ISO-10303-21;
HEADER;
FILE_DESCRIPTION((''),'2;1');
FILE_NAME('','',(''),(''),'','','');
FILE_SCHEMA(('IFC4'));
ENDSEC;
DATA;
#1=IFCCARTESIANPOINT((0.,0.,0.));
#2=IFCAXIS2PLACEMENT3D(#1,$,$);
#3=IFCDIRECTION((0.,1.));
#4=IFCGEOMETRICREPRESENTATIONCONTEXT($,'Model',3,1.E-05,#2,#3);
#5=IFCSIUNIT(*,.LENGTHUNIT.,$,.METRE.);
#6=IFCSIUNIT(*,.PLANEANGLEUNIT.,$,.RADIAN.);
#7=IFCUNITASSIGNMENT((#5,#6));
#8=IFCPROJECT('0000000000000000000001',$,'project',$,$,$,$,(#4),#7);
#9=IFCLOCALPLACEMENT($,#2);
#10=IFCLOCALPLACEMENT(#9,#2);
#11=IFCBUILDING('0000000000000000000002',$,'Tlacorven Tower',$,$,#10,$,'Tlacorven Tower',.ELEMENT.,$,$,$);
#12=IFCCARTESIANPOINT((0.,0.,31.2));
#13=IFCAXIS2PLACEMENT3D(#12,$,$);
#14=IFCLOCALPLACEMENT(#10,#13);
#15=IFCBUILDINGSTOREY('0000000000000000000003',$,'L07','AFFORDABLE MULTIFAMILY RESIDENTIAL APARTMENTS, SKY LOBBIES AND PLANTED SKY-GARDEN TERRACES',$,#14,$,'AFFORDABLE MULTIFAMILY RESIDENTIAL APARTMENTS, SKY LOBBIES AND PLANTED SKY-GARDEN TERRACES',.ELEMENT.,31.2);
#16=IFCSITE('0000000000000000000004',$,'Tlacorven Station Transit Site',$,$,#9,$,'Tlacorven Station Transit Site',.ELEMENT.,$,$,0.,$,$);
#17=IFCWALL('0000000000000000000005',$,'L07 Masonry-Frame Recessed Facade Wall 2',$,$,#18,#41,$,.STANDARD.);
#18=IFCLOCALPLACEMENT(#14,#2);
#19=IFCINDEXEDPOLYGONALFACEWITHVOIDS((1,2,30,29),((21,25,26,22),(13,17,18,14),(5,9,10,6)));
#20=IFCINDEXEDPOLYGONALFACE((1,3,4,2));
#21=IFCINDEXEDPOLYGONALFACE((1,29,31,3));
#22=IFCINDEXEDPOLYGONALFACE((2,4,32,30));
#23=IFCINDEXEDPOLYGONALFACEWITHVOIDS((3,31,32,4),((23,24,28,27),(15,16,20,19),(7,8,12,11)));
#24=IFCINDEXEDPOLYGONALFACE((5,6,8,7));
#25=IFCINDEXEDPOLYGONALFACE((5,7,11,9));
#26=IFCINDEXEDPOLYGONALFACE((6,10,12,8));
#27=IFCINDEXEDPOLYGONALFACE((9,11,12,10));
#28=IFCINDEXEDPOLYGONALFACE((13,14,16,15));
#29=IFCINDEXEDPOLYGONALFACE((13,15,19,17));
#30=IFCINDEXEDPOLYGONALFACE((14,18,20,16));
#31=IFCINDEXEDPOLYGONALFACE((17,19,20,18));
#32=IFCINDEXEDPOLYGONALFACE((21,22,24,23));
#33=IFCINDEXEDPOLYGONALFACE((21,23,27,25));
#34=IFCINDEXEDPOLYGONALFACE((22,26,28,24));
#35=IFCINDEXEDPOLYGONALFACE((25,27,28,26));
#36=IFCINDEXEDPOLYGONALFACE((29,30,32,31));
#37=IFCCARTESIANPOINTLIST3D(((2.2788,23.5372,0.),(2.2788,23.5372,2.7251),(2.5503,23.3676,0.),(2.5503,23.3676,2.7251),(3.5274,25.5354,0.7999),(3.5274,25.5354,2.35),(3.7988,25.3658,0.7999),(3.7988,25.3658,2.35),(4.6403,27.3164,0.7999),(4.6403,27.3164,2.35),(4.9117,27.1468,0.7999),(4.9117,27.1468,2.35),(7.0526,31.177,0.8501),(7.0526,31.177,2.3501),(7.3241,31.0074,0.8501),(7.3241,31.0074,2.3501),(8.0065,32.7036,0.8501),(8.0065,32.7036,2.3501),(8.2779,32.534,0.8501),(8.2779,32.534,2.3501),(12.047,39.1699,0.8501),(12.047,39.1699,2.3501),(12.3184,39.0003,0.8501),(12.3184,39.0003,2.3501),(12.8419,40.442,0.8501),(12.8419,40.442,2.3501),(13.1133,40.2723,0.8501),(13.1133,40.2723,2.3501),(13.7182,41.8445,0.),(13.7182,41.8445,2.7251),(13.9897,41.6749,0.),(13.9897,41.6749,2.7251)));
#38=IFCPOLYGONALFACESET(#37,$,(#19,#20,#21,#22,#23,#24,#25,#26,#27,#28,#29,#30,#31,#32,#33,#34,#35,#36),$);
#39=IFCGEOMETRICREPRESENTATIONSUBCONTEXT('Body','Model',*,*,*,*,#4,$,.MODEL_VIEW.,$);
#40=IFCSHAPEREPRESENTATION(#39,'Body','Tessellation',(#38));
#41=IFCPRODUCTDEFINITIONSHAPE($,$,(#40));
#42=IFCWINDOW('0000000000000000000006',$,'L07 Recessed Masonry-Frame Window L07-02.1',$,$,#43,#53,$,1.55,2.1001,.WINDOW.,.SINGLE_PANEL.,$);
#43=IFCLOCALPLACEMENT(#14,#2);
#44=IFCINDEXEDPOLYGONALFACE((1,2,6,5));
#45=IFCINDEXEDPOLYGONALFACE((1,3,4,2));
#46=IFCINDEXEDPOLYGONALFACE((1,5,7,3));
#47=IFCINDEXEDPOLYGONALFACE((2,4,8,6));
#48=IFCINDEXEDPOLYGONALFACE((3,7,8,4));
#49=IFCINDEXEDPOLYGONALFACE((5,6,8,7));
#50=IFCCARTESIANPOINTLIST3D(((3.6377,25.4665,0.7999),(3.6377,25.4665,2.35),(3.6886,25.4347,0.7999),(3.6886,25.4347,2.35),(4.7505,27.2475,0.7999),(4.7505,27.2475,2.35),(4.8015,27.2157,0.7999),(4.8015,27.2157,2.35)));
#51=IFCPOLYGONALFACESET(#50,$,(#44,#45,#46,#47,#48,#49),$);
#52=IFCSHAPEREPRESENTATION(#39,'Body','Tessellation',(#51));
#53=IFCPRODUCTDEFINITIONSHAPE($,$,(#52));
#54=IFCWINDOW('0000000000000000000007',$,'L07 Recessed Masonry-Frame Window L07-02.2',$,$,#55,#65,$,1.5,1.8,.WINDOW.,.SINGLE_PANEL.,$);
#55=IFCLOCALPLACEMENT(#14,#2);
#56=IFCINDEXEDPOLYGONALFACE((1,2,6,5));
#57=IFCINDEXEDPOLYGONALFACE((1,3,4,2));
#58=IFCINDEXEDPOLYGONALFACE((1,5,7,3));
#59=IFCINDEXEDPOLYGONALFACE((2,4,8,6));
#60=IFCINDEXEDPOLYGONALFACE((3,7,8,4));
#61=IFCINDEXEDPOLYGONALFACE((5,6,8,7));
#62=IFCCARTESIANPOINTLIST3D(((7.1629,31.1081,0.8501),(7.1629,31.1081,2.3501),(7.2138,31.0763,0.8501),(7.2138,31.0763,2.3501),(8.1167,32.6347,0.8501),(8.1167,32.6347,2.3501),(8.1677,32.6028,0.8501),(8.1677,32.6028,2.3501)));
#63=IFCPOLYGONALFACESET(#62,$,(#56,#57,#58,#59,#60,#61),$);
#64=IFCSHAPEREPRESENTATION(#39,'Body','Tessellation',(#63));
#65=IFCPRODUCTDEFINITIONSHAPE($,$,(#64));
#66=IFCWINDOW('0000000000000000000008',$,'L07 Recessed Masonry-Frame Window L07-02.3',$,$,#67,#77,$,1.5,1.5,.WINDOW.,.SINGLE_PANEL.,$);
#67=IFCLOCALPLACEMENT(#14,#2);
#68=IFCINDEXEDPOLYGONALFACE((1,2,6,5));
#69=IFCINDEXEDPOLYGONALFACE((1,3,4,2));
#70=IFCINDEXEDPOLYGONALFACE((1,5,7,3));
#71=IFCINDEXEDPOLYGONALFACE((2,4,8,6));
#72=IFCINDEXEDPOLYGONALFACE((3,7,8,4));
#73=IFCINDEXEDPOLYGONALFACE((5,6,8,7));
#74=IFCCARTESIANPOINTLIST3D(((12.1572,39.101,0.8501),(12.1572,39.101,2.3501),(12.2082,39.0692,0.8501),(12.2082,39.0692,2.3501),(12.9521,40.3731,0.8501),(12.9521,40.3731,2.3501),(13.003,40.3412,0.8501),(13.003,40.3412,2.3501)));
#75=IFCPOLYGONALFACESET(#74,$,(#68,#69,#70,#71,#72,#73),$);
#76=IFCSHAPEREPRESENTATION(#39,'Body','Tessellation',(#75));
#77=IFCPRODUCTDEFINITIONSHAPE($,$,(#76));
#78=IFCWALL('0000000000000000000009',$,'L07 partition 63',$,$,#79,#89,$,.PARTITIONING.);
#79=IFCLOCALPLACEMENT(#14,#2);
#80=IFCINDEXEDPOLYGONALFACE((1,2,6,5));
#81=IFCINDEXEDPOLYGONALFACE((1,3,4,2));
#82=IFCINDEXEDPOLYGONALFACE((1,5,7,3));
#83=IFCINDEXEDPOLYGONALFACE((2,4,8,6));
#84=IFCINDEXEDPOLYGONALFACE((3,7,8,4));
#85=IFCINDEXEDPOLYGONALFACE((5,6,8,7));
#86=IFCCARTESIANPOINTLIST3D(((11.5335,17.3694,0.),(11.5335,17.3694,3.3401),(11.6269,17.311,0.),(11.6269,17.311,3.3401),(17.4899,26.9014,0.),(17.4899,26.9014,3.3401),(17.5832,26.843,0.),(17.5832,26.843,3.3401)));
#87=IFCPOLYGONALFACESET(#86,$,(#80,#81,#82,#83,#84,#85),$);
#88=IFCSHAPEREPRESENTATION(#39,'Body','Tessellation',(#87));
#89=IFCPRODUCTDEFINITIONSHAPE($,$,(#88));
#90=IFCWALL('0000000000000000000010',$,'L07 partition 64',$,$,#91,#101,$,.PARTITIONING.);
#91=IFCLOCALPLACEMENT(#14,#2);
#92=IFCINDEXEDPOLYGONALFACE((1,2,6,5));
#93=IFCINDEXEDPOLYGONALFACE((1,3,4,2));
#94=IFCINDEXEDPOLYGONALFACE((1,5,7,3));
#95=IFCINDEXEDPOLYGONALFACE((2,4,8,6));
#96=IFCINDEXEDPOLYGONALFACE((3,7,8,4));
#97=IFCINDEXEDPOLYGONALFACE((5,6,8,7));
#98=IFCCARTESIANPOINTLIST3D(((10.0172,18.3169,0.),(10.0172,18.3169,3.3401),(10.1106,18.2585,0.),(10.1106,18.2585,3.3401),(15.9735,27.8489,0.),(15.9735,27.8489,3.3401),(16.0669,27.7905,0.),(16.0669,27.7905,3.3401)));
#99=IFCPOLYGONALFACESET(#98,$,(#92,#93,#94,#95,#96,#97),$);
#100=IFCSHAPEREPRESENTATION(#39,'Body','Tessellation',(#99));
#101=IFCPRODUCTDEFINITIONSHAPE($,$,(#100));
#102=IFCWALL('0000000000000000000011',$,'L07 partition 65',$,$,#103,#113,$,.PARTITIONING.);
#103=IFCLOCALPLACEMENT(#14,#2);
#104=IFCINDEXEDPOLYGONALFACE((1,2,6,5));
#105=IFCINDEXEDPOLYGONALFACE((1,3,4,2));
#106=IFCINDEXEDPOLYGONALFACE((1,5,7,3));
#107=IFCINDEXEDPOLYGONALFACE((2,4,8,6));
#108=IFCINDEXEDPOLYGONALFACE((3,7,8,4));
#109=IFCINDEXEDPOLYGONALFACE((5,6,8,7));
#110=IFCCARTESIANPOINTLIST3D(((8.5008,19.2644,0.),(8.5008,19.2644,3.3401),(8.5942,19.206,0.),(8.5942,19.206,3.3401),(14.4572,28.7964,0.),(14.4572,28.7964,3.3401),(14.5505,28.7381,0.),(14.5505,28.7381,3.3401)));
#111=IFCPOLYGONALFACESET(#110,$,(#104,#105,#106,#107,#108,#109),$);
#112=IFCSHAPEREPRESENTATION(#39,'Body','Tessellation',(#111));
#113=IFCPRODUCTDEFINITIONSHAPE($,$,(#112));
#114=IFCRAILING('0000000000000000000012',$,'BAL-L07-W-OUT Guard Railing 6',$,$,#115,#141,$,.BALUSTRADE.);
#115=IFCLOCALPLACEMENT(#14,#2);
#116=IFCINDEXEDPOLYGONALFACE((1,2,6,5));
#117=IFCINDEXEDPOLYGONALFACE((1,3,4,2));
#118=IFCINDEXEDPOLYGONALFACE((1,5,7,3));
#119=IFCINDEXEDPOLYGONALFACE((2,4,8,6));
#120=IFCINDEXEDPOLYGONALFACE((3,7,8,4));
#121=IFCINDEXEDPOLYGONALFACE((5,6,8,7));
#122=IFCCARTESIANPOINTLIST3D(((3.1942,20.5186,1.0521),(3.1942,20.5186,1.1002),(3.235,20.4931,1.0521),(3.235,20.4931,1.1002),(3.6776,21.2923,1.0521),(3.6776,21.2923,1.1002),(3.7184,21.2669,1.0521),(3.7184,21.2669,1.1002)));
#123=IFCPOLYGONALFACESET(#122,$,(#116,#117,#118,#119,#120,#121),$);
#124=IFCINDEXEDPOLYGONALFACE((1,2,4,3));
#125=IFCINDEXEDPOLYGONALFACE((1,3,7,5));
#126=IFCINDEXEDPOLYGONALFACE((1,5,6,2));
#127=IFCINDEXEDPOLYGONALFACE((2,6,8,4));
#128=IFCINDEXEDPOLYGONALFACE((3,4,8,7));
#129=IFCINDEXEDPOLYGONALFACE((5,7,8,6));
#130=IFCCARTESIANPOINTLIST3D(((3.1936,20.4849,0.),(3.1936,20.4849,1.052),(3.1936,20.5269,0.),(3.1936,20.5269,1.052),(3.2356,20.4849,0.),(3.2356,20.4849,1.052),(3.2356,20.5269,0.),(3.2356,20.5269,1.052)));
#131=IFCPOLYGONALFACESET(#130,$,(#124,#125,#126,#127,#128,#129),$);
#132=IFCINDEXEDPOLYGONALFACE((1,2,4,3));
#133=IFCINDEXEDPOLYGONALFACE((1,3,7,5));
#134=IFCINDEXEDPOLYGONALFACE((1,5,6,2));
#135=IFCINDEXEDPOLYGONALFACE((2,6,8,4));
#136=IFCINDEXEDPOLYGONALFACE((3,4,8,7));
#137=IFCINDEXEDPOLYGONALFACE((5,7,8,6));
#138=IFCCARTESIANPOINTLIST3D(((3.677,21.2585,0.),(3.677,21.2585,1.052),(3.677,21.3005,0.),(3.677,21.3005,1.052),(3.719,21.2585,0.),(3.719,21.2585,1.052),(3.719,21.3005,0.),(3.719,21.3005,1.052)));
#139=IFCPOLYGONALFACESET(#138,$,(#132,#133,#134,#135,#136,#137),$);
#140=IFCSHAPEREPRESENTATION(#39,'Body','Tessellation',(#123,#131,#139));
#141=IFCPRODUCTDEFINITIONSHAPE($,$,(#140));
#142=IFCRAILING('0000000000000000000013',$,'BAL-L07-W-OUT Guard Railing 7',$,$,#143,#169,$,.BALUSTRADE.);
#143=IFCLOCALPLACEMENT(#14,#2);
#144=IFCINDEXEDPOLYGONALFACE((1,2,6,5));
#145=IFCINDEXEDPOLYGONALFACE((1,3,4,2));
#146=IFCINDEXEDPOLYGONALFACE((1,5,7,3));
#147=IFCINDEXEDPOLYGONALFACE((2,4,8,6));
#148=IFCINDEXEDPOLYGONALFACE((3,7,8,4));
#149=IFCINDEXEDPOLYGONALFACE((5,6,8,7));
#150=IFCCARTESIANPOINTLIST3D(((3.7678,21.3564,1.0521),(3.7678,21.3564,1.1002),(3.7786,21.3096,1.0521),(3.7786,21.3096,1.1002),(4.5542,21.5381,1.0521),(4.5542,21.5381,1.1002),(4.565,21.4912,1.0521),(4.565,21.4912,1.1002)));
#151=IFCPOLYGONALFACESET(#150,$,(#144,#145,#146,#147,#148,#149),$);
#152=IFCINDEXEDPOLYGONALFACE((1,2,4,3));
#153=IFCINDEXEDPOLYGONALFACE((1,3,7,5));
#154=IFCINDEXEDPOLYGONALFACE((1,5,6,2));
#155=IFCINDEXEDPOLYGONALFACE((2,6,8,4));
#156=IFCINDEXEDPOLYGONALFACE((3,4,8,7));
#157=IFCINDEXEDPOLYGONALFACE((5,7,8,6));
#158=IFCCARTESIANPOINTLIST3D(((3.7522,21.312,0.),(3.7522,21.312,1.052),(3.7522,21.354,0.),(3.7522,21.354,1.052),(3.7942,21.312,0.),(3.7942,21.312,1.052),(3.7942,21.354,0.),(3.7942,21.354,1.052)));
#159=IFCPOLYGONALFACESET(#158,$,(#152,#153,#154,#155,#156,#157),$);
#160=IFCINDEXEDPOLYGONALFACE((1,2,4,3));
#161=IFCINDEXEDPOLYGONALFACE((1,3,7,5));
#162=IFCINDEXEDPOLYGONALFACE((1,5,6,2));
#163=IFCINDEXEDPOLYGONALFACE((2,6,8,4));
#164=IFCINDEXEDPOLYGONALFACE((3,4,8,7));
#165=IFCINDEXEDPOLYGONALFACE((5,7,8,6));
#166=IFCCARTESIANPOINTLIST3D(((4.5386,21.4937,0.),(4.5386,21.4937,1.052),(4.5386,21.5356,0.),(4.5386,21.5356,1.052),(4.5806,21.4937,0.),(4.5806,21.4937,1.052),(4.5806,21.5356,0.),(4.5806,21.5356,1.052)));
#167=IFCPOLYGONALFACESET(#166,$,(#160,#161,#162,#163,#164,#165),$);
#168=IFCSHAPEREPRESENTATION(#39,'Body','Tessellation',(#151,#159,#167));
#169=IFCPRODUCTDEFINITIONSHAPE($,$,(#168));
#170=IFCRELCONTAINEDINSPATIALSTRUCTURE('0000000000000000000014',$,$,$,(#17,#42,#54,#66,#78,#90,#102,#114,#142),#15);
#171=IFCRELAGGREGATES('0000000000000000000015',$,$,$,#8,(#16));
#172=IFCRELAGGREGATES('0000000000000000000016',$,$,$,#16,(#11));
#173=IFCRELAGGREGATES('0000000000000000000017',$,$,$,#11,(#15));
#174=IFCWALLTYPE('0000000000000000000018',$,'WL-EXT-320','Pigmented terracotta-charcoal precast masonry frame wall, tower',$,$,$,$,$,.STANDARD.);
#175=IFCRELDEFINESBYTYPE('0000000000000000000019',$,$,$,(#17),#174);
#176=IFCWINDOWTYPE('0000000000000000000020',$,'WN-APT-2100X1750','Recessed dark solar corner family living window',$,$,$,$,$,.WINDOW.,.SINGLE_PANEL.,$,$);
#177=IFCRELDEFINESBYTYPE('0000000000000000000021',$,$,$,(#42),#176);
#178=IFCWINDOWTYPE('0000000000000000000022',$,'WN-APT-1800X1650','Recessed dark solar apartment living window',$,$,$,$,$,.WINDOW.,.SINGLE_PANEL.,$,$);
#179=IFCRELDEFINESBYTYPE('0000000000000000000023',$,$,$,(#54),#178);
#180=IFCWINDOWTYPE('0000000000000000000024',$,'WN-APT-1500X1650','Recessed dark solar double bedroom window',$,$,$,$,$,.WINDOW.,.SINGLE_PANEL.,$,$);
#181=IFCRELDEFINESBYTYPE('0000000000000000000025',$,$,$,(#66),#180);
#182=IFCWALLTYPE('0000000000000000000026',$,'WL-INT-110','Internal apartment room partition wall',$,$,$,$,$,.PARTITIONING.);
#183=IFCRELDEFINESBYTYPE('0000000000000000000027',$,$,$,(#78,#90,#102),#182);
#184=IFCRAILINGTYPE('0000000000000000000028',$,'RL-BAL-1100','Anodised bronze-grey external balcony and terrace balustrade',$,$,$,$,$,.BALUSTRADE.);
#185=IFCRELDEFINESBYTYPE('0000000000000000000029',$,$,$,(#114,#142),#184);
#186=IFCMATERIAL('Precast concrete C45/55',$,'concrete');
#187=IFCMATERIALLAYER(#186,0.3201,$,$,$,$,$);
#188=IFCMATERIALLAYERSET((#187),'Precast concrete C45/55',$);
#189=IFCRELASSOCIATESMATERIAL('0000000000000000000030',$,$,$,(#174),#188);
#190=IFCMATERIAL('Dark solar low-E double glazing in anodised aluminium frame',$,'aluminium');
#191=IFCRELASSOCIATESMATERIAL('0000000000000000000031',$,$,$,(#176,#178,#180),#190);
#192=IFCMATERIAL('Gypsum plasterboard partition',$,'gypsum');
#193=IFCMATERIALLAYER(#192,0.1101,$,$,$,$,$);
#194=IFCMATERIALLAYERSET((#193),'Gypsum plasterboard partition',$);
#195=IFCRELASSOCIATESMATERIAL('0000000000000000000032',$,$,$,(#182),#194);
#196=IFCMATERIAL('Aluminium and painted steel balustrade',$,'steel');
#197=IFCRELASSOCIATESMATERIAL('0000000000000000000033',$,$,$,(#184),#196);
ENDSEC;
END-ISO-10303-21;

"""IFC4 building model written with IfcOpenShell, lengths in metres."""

from ifc_helpers import new_model, si_unit, direction, frame, frame_2d, origin, origin_2d, place, context, subcontext, project, spatial, rectangle, extrude, source, transform, mapped, material, layer, layer_set, type_object, element, fill, save


model = new_model("IFC4")

# Units and contexts
model_context = context("Model", 3, precision=1e-05, world=origin(), true_north=direction((0.0, 1.0)))
body_context = subcontext(model_context, "Body", "Model", "MODEL_VIEW")
ifc_project = project(units=[si_unit("LENGTHUNIT", "METRE"), si_unit("PLANEANGLEUNIT", "RADIAN")], contexts=[model_context])

# Site, building, storey
site_placement = place(None, origin())
site = spatial("IfcSite", under=ifc_project, at=site_placement, Name="Tlacorven Station Transit Site", LongName="Tlacorven Station Transit Site", CompositionType="ELEMENT", RefElevation=0.0)
building_placement = place(site_placement, origin())
building = spatial("IfcBuilding", under=site, at=building_placement, Name="Tlacorven Tower", LongName="Tlacorven Tower", CompositionType="ELEMENT")
storey_placement = place(building_placement, frame((0.0, 0.0, 31.2)))
storey = spatial("IfcBuildingStorey", under=building, at=storey_placement, Name="L07", Description="AFFORDABLE MULTIFAMILY RESIDENTIAL APARTMENTS, SKY LOBBIES AND PLANTED SKY-GARDEN TERRACES", LongName="AFFORDABLE MULTIFAMILY RESIDENTIAL APARTMENTS, SKY LOBBIES AND PLANTED SKY-GARDEN TERRACES", CompositionType="ELEMENT", Elevation=31.2)

# Wall, openings, windows
ifc_material_1 = material(Name="Precast concrete C45/55", Category="concrete")
ifc_layer_1 = layer(ifc_material_1, 0.3201)
ifc_layer_set_1 = layer_set([ifc_layer_1], Name="Precast concrete C45/55")
wall_type_1 = type_object("IfcWallType", Name="WL-EXT-320", Description="Pigmented terracotta-charcoal precast masonry frame wall, tower", PredefinedType="STANDARD", material=ifc_layer_set_1)
wall_1_placement = place(storey_placement, frame((2.4146, 23.4524, 0.0), z_axis=(0.0, 0.0, 1.0), x_axis=(0.52991, 0.848054, 0.0)))
wall_1 = element("IfcWall", 1, at=wall_1_placement, inside=storey, type_object=wall_type_1, Name="L07 Masonry-Frame Recessed Facade Wall 2", PredefinedType="STANDARD", context=body_context, shape_type="SweptSolid", body=[
    extrude(rectangle(XDim=21.5874, YDim=0.3201, at=frame_2d((10.7937, 0.0))), origin(), (0.0, 0.0, 1.0), 2.7251),
])
opening_1_placement = place(wall_1_placement, frame((2.3562, 0.0, 0.8)))
opening_1 = element("IfcOpeningElement", 2, at=opening_1_placement, cuts=wall_1, PredefinedType="OPENING", context=body_context, shape_type="SweptSolid", body=[
    extrude(rectangle(XDim=2.1001, YDim=1.55, at=frame_2d((1.05, 0.7749))), frame((0.0, 0.1699, 0.0), z_axis=(0.0, -1.0, 0.0), x_axis=(1.0, 0.0, 0.0)), (0.0, 0.0, 1.0), 0.3401),
])
opening_2_placement = place(wall_1_placement, frame((9.0088, 0.0, 0.8501)))
opening_2 = element("IfcOpeningElement", 3, at=opening_2_placement, cuts=wall_1, PredefinedType="OPENING", context=body_context, shape_type="SweptSolid", body=[
    extrude(rectangle(XDim=1.8, YDim=1.5, at=frame_2d((0.8999, 0.75))), frame((0.0, 0.1699, 0.0), z_axis=(0.0, -1.0, 0.0), x_axis=(1.0, 0.0, 0.0)), (0.0, 0.0, 1.0), 0.3401),
])
opening_3_placement = place(wall_1_placement, frame((18.4336, 0.0, 0.8501)))
opening_3 = element("IfcOpeningElement", 4, at=opening_3_placement, cuts=wall_1, PredefinedType="OPENING", context=body_context, shape_type="SweptSolid", body=[
    extrude(rectangle(XDim=1.5, YDim=1.5, at=frame_2d((0.75, 0.75))), frame((0.0, 0.1699, 0.0), z_axis=(0.0, -1.0, 0.0), x_axis=(1.0, 0.0, 0.0)), (0.0, 0.0, 1.0), 0.3401),
])
ifc_material_2 = material(Name="Dark solar low-E double glazing in anodised aluminium frame", Category="aluminium")
window_type_1 = type_object("IfcWindowType", Name="WN-APT-2100X1750", Description="Recessed dark solar corner family living window", PartitioningType="SINGLE_PANEL", PredefinedType="WINDOW", material=ifc_material_2)
shared_shape_1 = source(origin(), body_context, "Body", "SweptSolid", [
    extrude(rectangle(XDim=2.1001, YDim=1.55, at=frame_2d((1.05, 0.7749))), frame((0.0, 0.03, 0.0), z_axis=(0.0, -1.0, 0.0), x_axis=(1.0, 0.0, 0.0)), (0.0, 0.0, 1.0), 0.0601),
])
window_1_placement = place(opening_1_placement, origin())
window_1 = element("IfcWindow", 5, at=window_1_placement, inside=storey, type_object=window_type_1, Name="L07 Recessed Masonry-Frame Window L07-02.1", OverallHeight=1.55, OverallWidth=2.1001, PartitioningType="SINGLE_PANEL", PredefinedType="WINDOW", context=body_context, shape_type="MappedRepresentation", body=[
    mapped(shared_shape_1, transform((0.0, 0.0, 0.0), scale=1.0)),
])
fill(opening_1, window_1)
window_type_2 = type_object("IfcWindowType", Name="WN-APT-1800X1650", Description="Recessed dark solar apartment living window", PartitioningType="SINGLE_PANEL", PredefinedType="WINDOW", material=ifc_material_2)
shared_shape_2 = source(origin(), body_context, "Body", "SweptSolid", [
    extrude(rectangle(XDim=1.8, YDim=1.5, at=frame_2d((0.8999, 0.75))), frame((0.0, 0.03, 0.0), z_axis=(0.0, -1.0, 0.0), x_axis=(1.0, 0.0, 0.0)), (0.0, 0.0, 1.0), 0.0601),
])
window_2_placement = place(opening_2_placement, origin())
window_2 = element("IfcWindow", 6, at=window_2_placement, inside=storey, type_object=window_type_2, Name="L07 Recessed Masonry-Frame Window L07-02.2", OverallHeight=1.5, OverallWidth=1.8, PartitioningType="SINGLE_PANEL", PredefinedType="WINDOW", context=body_context, shape_type="MappedRepresentation", body=[
    mapped(shared_shape_2, transform((0.0, 0.0, 0.0), scale=1.0)),
])
fill(opening_2, window_2)
window_type_3 = type_object("IfcWindowType", Name="WN-APT-1500X1650", Description="Recessed dark solar double bedroom window", PartitioningType="SINGLE_PANEL", PredefinedType="WINDOW", material=ifc_material_2)
shared_shape_3 = source(origin(), body_context, "Body", "SweptSolid", [
    extrude(rectangle(XDim=1.5, YDim=1.5, at=frame_2d((0.75, 0.75))), frame((0.0, 0.03, 0.0), z_axis=(0.0, -1.0, 0.0), x_axis=(1.0, 0.0, 0.0)), (0.0, 0.0, 1.0), 0.0601),
])
window_3_placement = place(opening_3_placement, origin())
window_3 = element("IfcWindow", 7, at=window_3_placement, inside=storey, type_object=window_type_3, Name="L07 Recessed Masonry-Frame Window L07-02.3", OverallHeight=1.5, OverallWidth=1.5, PartitioningType="SINGLE_PANEL", PredefinedType="WINDOW", context=body_context, shape_type="MappedRepresentation", body=[
    mapped(shared_shape_3, transform((0.0, 0.0, 0.0), scale=1.0)),
])
fill(opening_3, window_3)

# Walls
ifc_material_3 = material(Name="Gypsum plasterboard partition", Category="gypsum")
ifc_layer_2 = layer(ifc_material_3, 0.1101)
ifc_layer_set_2 = layer_set([ifc_layer_2], Name="Gypsum plasterboard partition")
wall_type_2 = type_object("IfcWallType", Name="WL-INT-110", Description="Internal apartment room partition wall", PredefinedType="PARTITIONING", material=ifc_layer_set_2)
for number, where, z_axis, x_axis, name in (
    (8, (17.5366, 26.8723, 0.0), (0.0, 0.0, 1.0), (-0.529923, -0.848046, 0.0), "L07 partition 63"),
    (9, (16.0203, 27.8198, 0.0), (0.0, 0.0, 1.0), (-0.529923, -0.848046, 0.0), "L07 partition 64"),
    (10, (14.5039, 28.7673, 0.0), (0.0, 0.0, 1.0), (-0.529923, -0.848046, 0.0), "L07 partition 65"),
):
    element("IfcWall", number, at=place(storey_placement, frame(where, z_axis=z_axis, x_axis=x_axis)), inside=storey, type_object=wall_type_2, Name=name, PredefinedType="PARTITIONING", context=body_context, shape_type="SweptSolid", body=[
        extrude(rectangle(XDim=11.24, YDim=0.1101, at=frame_2d((5.6201, 0.0))), origin(), (0.0, 0.0, 1.0), 3.3401),
    ])

# Railings
ifc_material_4 = material(Name="Aluminium and painted steel balustrade", Category="steel")
railing_type = type_object("IfcRailingType", Name="RL-BAL-1100", Description="Anodised bronze-grey external balcony and terrace balustrade", PredefinedType="BALUSTRADE", material=ifc_material_4)
shared_shape_4 = source(origin(), body_context, "Body", "SweptSolid", [
    extrude(rectangle(XDim=0.0481, YDim=0.0481, at=origin_2d()), frame((0.0, 0.0, 1.0762), z_axis=(0.529879, 0.848073, 0.0), x_axis=(-0.848073, 0.529879, 0.0)), (0.0, 0.0, 1.0), 0.9124),
    extrude(rectangle(XDim=0.042, YDim=0.042, at=origin_2d()), origin(), (0.0, 0.0, 1.0), 1.052),
    extrude(rectangle(XDim=0.042, YDim=0.042, at=origin_2d()), frame((0.4834, 0.7737, 0.0)), (0.0, 0.0, 1.0), 1.052),
])
railing_1_placement = place(storey_placement, frame((3.2146, 20.5059, 0.0)))
element("IfcRailing", 11, at=railing_1_placement, inside=storey, type_object=railing_type, Name="BAL-L07-W-OUT Guard Railing 6", PredefinedType="BALUSTRADE", context=body_context, shape_type="MappedRepresentation", body=[
    mapped(shared_shape_4, transform((0.0, 0.0, 0.0), scale=1.0)),
])
shared_shape_5 = source(origin(), body_context, "Body", "SweptSolid", [
    extrude(rectangle(XDim=0.0481, YDim=0.0481, at=origin_2d()), frame((0.0, 0.0, 1.0762), z_axis=(0.974345, 0.225058, 0.0), x_axis=(-0.225058, 0.974345, 0.0)), (0.0, 0.0, 1.0), 0.8071),
    extrude(rectangle(XDim=0.042, YDim=0.042, at=origin_2d()), origin(), (0.0, 0.0, 1.0), 1.052),
    extrude(rectangle(XDim=0.042, YDim=0.042, at=origin_2d()), frame((0.7864, 0.1816, 0.0)), (0.0, 0.0, 1.0), 1.052),
])
railing_2_placement = place(storey_placement, frame((3.7732, 21.333, 0.0)))
element("IfcRailing", 12, at=railing_2_placement, inside=storey, type_object=railing_type, Name="BAL-L07-W-OUT Guard Railing 7", PredefinedType="BALUSTRADE", context=body_context, shape_type="MappedRepresentation", body=[
    mapped(shared_shape_5, transform((0.0, 0.0, 0.0), scale=1.0)),
])

save(model, "model.ifc")
